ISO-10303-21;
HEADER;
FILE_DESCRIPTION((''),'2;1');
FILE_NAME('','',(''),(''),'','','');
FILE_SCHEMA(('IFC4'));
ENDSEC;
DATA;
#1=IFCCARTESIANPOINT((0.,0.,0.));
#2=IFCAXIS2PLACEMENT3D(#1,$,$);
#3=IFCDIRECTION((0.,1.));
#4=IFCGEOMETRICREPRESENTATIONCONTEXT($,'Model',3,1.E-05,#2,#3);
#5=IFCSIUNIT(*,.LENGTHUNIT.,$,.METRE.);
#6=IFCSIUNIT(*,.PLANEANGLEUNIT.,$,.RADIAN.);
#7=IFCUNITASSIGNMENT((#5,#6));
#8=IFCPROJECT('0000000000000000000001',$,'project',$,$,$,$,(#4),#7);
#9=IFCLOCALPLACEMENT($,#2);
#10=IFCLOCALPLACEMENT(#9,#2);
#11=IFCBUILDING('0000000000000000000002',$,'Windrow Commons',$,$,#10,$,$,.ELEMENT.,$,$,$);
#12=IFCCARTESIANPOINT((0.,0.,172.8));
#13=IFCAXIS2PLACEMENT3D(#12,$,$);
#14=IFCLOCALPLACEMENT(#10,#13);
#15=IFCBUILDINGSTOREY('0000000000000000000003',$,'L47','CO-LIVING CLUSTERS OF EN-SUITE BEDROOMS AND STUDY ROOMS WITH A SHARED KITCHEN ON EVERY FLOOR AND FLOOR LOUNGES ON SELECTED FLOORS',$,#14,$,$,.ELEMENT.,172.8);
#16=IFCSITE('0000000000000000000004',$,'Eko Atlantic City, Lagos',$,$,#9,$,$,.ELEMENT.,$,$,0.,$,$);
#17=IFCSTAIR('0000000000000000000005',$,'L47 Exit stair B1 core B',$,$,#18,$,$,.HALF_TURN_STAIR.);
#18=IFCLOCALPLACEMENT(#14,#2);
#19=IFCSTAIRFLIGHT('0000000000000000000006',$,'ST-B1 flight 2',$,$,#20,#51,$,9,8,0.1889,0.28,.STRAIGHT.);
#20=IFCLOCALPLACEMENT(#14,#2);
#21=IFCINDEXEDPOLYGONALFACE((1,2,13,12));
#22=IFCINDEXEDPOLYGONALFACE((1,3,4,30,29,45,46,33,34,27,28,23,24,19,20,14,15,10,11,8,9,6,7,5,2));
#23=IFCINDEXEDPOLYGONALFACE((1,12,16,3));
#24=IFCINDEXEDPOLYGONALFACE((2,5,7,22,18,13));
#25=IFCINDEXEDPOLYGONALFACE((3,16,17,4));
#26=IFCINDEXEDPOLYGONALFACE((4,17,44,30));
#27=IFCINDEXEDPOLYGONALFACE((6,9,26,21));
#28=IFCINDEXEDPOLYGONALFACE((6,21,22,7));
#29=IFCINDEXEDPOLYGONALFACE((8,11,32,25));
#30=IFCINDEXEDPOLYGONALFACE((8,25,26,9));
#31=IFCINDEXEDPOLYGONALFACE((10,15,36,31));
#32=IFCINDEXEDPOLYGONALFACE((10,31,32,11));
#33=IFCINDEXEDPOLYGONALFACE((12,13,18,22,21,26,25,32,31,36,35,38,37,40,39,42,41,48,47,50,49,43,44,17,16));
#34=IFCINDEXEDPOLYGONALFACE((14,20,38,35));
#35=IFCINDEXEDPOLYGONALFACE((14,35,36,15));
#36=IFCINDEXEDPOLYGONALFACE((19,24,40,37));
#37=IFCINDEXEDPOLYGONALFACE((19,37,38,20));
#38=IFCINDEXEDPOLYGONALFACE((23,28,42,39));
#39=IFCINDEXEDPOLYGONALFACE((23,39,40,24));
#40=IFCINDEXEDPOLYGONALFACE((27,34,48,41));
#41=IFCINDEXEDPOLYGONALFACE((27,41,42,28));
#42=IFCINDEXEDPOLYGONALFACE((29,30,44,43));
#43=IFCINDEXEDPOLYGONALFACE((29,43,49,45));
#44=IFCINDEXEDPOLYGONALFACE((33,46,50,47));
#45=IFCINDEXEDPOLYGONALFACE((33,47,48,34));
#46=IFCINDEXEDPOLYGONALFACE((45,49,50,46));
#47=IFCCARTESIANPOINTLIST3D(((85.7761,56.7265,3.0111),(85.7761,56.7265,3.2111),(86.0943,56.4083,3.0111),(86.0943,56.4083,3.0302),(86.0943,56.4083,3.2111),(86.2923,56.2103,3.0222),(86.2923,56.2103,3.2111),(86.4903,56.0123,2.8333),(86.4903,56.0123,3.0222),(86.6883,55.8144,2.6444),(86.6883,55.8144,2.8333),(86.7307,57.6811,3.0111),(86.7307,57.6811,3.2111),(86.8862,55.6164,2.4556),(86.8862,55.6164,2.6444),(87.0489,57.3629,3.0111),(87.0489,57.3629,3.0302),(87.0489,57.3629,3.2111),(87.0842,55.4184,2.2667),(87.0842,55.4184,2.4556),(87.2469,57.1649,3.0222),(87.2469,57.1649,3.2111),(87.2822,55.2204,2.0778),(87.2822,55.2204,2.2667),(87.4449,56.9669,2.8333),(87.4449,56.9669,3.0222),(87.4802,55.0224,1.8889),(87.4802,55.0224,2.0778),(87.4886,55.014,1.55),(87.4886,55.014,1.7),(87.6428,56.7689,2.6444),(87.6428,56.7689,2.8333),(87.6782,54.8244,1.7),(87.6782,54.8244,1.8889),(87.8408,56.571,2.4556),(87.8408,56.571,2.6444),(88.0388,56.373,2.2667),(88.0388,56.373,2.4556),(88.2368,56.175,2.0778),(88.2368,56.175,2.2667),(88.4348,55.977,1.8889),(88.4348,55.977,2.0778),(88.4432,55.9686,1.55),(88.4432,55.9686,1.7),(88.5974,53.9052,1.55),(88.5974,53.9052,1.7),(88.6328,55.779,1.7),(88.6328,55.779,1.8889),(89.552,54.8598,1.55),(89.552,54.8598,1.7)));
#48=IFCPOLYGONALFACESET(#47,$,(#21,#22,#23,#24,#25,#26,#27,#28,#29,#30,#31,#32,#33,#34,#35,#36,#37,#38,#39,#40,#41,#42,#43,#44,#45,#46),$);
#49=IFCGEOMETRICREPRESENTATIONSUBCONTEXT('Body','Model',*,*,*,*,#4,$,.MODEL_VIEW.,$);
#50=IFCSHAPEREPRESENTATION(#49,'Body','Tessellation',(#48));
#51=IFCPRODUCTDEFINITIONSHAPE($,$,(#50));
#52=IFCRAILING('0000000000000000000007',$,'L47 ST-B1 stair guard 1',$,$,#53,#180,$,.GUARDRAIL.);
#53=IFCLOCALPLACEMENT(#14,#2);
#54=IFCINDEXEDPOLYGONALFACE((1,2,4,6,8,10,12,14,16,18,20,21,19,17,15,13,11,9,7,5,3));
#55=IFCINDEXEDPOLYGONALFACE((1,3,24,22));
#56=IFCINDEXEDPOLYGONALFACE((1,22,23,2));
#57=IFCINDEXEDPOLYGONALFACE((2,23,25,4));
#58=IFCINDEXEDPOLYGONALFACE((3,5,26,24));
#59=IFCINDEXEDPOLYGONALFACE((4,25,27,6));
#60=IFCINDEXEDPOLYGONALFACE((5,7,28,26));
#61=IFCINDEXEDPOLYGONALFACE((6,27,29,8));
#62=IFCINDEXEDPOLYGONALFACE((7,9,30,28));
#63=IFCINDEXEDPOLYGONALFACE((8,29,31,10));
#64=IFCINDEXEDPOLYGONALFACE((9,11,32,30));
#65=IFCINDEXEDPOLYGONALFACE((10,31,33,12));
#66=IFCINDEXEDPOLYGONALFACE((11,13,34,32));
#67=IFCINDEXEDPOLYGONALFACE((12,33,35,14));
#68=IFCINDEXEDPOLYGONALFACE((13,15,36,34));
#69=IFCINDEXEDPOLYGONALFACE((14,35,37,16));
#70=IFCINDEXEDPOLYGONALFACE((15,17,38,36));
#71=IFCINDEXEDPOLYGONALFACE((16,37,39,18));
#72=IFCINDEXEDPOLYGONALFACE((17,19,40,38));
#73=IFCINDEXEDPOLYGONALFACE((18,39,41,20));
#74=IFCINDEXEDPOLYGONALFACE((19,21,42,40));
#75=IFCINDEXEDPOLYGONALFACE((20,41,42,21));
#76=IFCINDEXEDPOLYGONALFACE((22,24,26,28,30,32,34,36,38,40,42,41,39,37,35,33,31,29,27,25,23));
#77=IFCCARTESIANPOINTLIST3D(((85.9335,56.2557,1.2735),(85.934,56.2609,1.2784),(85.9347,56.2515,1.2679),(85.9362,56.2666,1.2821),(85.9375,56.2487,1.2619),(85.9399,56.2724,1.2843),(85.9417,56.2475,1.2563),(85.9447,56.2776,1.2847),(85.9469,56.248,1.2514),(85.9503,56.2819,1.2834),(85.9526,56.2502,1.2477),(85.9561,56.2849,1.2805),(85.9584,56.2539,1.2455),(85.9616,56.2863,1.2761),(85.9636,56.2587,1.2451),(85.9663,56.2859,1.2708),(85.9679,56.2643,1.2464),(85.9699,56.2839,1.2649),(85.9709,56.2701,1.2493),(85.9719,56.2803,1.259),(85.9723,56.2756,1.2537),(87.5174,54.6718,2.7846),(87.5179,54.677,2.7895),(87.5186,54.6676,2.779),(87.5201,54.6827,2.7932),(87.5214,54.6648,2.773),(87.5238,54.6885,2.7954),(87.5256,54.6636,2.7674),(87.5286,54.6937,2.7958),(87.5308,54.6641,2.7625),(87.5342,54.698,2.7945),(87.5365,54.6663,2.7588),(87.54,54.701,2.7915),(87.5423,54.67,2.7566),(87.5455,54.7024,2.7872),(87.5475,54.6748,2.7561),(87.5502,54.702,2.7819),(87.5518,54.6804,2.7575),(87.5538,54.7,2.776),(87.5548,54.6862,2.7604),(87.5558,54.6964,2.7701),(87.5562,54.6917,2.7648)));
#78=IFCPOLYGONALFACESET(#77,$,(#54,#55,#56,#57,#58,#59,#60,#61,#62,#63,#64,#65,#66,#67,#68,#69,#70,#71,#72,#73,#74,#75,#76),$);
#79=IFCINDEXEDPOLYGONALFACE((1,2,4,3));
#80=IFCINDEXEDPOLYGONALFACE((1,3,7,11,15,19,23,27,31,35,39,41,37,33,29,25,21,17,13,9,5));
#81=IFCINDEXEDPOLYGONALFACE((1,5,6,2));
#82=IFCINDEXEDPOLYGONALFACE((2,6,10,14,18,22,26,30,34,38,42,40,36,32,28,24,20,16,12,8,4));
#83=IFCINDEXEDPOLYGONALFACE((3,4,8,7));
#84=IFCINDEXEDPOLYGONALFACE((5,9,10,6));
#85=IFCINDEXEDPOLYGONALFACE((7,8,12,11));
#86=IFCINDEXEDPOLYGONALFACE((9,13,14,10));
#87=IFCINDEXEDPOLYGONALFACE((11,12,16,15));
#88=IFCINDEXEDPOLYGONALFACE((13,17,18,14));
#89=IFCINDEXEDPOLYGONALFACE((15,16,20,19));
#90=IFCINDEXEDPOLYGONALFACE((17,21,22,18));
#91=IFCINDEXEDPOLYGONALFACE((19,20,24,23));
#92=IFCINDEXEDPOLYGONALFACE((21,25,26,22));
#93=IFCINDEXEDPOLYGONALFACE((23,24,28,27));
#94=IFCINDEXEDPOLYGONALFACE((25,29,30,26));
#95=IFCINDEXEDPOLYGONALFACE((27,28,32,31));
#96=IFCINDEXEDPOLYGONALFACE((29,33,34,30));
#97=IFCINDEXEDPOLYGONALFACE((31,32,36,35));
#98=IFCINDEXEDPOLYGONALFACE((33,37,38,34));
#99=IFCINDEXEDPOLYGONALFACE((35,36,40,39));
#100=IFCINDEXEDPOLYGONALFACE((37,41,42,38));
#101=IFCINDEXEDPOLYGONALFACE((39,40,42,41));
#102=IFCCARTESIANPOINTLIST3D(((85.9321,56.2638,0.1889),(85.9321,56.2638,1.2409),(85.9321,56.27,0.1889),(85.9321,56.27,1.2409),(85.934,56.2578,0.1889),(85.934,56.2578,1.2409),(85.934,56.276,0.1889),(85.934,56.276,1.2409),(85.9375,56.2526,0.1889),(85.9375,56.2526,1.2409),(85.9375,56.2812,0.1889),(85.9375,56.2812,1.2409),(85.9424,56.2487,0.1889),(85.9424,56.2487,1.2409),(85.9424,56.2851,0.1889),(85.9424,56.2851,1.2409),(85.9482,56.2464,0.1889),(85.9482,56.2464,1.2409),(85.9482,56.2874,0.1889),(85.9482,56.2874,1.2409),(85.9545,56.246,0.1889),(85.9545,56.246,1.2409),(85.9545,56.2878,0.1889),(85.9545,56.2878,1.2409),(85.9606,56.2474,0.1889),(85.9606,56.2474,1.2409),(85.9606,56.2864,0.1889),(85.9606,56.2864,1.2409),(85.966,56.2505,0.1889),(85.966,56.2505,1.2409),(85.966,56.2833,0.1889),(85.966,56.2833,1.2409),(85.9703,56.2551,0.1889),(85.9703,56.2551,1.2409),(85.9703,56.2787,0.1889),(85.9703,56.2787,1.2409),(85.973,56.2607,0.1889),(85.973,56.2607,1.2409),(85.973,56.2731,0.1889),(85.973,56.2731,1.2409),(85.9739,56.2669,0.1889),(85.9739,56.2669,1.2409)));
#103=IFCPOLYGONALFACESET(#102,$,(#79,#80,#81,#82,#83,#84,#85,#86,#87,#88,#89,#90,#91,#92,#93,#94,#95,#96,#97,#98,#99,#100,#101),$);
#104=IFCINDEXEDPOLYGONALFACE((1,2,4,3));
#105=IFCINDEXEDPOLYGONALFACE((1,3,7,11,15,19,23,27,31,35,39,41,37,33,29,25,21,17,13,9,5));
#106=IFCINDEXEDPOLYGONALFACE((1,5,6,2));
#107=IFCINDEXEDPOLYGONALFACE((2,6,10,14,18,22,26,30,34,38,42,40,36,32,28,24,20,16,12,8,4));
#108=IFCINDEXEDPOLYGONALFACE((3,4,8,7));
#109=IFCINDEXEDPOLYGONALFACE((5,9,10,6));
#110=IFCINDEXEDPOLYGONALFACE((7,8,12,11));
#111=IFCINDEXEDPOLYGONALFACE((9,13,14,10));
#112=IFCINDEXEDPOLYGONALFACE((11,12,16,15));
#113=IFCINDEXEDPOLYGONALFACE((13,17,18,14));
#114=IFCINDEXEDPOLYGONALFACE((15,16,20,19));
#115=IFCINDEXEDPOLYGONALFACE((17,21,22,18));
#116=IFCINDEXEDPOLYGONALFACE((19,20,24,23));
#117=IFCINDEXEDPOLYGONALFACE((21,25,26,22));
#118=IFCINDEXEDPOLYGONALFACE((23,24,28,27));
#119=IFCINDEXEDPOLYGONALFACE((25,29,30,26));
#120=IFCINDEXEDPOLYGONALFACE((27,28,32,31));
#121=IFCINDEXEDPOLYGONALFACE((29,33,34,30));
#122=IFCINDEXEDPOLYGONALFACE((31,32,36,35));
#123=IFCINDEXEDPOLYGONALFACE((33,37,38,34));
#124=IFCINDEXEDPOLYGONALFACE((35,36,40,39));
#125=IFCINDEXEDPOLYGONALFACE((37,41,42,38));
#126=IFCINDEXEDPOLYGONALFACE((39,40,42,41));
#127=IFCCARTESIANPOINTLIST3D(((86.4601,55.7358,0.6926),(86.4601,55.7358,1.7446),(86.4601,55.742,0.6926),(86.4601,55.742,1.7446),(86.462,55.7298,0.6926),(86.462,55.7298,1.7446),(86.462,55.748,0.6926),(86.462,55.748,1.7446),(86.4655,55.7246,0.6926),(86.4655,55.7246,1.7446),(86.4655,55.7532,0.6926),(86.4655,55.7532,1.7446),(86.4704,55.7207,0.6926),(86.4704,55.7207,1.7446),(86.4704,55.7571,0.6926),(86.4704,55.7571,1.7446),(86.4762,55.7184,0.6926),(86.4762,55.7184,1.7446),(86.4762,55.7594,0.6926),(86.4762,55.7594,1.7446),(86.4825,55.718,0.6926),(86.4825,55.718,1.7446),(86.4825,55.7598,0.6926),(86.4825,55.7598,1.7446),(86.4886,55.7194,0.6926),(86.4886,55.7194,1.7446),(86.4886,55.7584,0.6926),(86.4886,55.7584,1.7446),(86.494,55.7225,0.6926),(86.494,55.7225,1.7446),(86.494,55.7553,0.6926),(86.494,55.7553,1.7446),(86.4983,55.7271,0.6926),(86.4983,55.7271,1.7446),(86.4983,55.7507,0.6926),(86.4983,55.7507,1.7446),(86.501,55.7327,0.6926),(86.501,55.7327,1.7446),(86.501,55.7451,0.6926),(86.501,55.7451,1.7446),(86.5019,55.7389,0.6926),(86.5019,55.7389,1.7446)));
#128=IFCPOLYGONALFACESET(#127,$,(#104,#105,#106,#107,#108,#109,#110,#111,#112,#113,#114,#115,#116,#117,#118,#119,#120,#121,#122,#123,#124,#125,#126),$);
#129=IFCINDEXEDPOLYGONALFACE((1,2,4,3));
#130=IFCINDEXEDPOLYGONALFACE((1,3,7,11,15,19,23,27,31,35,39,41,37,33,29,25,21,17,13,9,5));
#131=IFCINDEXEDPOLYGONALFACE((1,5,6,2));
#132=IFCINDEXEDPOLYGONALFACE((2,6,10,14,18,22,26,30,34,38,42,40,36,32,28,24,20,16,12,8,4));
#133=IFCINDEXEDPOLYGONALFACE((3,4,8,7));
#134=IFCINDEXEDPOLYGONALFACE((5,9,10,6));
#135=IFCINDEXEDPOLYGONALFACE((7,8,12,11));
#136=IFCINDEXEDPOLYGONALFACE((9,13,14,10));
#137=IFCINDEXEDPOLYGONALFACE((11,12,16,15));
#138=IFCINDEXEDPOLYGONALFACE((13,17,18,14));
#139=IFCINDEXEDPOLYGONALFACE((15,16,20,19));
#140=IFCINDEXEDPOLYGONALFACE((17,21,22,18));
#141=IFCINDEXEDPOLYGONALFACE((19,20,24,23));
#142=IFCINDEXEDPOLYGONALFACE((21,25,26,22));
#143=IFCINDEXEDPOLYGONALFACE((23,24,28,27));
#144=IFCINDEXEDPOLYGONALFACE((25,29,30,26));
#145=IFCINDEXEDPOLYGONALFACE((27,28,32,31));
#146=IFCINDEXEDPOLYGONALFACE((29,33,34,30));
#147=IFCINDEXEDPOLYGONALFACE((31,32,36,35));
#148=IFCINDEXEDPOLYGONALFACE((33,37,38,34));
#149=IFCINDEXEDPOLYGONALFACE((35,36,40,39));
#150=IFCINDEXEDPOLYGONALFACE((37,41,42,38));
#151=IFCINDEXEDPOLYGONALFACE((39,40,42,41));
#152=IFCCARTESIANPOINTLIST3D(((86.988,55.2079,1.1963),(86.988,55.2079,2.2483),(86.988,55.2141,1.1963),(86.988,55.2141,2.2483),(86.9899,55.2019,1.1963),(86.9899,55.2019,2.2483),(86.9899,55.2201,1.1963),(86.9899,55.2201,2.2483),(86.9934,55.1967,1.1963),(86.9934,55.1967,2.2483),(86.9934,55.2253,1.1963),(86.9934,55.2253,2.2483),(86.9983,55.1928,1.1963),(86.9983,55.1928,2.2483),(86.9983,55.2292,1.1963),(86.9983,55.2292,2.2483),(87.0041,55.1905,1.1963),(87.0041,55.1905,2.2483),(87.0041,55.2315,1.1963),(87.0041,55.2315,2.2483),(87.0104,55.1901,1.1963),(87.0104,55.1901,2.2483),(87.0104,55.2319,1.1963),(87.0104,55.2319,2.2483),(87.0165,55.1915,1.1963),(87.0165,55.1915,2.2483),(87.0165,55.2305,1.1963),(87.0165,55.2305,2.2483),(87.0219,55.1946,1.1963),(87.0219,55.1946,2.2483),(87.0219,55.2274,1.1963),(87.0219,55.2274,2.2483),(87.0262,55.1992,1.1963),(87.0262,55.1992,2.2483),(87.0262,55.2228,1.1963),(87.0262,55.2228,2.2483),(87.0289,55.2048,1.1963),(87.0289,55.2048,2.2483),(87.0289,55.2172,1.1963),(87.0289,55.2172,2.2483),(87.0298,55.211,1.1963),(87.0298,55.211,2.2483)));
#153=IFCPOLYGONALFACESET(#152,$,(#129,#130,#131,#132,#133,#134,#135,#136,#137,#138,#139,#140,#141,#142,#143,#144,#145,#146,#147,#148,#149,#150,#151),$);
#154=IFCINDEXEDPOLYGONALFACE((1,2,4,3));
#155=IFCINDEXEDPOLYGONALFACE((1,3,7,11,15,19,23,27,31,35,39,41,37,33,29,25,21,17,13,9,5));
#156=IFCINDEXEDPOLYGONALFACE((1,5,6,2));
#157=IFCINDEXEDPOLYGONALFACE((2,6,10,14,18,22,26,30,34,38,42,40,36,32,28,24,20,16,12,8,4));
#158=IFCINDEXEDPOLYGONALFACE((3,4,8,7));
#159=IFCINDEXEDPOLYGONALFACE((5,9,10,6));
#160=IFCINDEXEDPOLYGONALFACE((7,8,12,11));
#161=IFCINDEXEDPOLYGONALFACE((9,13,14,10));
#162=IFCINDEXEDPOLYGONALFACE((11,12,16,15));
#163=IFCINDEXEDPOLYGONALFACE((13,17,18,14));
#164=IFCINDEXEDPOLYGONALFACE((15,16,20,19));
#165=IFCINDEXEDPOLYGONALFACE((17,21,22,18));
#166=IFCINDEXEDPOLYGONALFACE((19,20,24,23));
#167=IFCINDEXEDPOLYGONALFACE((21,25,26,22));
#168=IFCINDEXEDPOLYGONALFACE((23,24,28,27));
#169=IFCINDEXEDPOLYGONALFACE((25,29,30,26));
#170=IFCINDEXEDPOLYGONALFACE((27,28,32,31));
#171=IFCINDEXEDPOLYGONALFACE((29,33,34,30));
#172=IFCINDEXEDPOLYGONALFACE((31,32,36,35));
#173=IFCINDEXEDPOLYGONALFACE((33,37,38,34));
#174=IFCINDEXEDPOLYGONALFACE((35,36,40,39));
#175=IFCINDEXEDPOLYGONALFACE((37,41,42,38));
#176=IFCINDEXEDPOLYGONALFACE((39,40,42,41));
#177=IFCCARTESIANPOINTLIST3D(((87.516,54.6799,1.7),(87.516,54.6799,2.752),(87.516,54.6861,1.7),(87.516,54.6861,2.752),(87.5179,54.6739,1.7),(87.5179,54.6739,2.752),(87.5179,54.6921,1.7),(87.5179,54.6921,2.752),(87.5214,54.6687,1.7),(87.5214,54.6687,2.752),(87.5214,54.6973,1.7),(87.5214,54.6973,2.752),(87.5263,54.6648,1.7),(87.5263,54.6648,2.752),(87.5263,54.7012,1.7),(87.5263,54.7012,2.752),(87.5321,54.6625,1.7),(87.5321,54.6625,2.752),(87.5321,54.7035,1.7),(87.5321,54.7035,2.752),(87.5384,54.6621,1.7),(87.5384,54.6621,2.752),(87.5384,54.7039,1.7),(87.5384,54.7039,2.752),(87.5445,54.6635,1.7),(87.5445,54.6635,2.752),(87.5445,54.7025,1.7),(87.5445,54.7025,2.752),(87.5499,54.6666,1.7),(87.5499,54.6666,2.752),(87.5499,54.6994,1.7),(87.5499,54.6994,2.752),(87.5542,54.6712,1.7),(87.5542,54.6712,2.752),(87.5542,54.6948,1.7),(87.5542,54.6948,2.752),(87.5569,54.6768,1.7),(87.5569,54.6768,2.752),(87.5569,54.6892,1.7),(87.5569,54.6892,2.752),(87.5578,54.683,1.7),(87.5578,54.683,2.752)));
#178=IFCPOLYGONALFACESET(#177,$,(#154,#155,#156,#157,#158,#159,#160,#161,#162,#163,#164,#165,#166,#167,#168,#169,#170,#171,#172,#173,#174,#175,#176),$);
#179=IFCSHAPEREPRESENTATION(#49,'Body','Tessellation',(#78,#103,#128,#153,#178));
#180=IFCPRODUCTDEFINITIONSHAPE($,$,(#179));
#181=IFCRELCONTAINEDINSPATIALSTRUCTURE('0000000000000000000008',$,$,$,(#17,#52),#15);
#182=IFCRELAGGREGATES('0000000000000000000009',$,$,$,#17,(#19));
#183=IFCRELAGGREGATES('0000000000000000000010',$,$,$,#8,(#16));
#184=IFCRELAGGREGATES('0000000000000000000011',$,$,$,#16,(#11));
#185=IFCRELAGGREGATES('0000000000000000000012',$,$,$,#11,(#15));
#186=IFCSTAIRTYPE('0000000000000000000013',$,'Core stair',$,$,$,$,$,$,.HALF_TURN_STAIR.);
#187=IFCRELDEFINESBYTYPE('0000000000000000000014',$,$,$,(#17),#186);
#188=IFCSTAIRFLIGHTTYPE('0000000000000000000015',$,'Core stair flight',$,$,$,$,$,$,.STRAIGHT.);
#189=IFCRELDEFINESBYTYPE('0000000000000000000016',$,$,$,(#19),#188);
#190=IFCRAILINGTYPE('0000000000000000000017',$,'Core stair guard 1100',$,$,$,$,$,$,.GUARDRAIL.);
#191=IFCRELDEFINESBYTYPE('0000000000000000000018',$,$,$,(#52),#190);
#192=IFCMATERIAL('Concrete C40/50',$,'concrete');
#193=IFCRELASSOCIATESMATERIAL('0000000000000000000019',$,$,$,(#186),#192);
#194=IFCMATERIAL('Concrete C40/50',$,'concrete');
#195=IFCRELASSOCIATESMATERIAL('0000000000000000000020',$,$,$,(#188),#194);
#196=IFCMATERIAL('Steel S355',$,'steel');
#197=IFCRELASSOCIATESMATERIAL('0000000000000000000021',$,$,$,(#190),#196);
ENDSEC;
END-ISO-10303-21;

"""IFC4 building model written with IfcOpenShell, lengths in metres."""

from ifc_helpers import new_model, si_unit, direction, frame, origin, origin_2d, place, context, subcontext, project, spatial, polyline, circle, outline, extrude, material, type_object, element, aggregate, save


model = new_model("IFC4")

# Units and contexts
model_context = context("Model", 3, precision=1e-05, world=origin(), true_north=direction((0.0, 1.0)))
body_context = subcontext(model_context, "Body", "Model", "MODEL_VIEW")
ifc_project = project(units=[si_unit("LENGTHUNIT", "METRE"), si_unit("PLANEANGLEUNIT", "RADIAN")], contexts=[model_context])

# Site, building, storey
site_placement = place(None, origin())
site = spatial("IfcSite", under=ifc_project, at=site_placement, Name="Eko Atlantic City, Lagos", CompositionType="ELEMENT", RefElevation=0.0)
building_placement = place(site_placement, origin())
building = spatial("IfcBuilding", under=site, at=building_placement, Name="Windrow Commons", CompositionType="ELEMENT")
storey_placement = place(building_placement, frame((0.0, 0.0, 172.8)))
storey = spatial("IfcBuildingStorey", under=building, at=storey_placement, Name="L47", Description="CO-LIVING CLUSTERS OF EN-SUITE BEDROOMS AND STUDY ROOMS WITH A SHARED KITCHEN ON EVERY FLOOR AND FLOOR LOUNGES ON SELECTED FLOORS", CompositionType="ELEMENT", Elevation=172.8)

# Stair, stair flight
ifc_material_1 = material(Name="Concrete C40/50", Category="concrete")
stair_type = type_object("IfcStairType", Name="Core stair", PredefinedType="HALF_TURN_STAIR", material=ifc_material_1)
stair_placement = place(storey_placement, origin())
stair = element("IfcStair", 1, at=stair_placement, inside=storey, type_object=stair_type, Name="L47 Exit stair B1 core B", PredefinedType="HALF_TURN_STAIR")
ifc_material_2 = material(Name="Concrete C40/50", Category="concrete")
stair_flight_type = type_object("IfcStairFlightType", Name="Core stair flight", PredefinedType="STRAIGHT", material=ifc_material_2)
stair_flight_1_placement = place(storey_placement, frame((88.1555, 55.3017, 1.7), z_axis=(0.0, 0.0, 1.0), x_axis=(-0.707107, 0.707107, 0.0)))
stair_flight_1 = element("IfcStairFlight", 2, at=stair_flight_1_placement, type_object=stair_flight_type, Name="ST-B1 flight 2", NumberOfRisers=9, NumberOfTreads=8, PredefinedType="STRAIGHT", RiserHeight=0.1889, TreadLength=0.28, context=body_context, shape_type="SweptSolid", body=[
    extrude(outline(polyline([(-1.3, -0.15), (-1.3, 0.0), (0.0, 0.0), (0.0, 0.1889), (0.28, 0.1889), (0.28, 0.3778), (0.56, 0.3778), (0.56, 0.5667), (0.84, 0.5667), (0.84, 0.7556), (1.12, 0.7556), (1.12, 0.9444), (1.4, 0.9444), (1.4, 1.1333), (1.68, 1.1333), (1.68, 1.3222), (1.96, 1.3222), (1.96, 1.5111), (2.24, 1.5111), (2.69, 1.5111), (2.69, 1.3111), (2.24, 1.3111), (2.24, 1.3302), (0.2682, 0.0), (0.2682, -0.15), (-1.3, -0.15)])), frame((0.0, 0.675, 0.0), z_axis=(0.0, -1.0, 0.0), x_axis=(1.0, 0.0, 0.0)), (0.0, 0.0, 1.0), 1.35),
])
aggregate(stair, [stair_flight_1])

# Railing
ifc_material_3 = material(Name="Steel S355", Category="steel")
railing_type_1 = type_object("IfcRailingType", Name="Core stair guard 1100", PredefinedType="GUARDRAIL", material=ifc_material_3)
railing_1_placement = place(storey_placement, frame((85.9529, 56.2669, 0.1889)))
element("IfcRailing", 3, at=railing_1_placement, inside=storey, type_object=railing_type_1, Name="L47 ST-B1 stair guard 1", PredefinedType="GUARDRAIL", context=body_context, shape_type="SweptSolid", body=[
    extrude(circle(Radius=0.024, at=origin_2d()), frame((0.0, 0.0, 1.076), z_axis=(0.586191, -0.586191, 0.559249), x_axis=(0.707107, 0.707107, 0.0)), (0.0, 0.0, 1.0), 2.702),
    extrude(circle(Radius=0.021, at=origin_2d()), origin(), (0.0, 0.0, 1.0), 1.052),
    extrude(circle(Radius=0.021, at=origin_2d()), frame((0.528, -0.528, 0.5037)), (0.0, 0.0, 1.0), 1.052),
    extrude(circle(Radius=0.021, at=origin_2d()), frame((1.0559, -1.0559, 1.0074)), (0.0, 0.0, 1.0), 1.052),
    extrude(circle(Radius=0.021, at=origin_2d()), frame((1.5839, -1.5839, 1.5111)), (0.0, 0.0, 1.0), 1.052),
])

save(model, "model.ifc")
